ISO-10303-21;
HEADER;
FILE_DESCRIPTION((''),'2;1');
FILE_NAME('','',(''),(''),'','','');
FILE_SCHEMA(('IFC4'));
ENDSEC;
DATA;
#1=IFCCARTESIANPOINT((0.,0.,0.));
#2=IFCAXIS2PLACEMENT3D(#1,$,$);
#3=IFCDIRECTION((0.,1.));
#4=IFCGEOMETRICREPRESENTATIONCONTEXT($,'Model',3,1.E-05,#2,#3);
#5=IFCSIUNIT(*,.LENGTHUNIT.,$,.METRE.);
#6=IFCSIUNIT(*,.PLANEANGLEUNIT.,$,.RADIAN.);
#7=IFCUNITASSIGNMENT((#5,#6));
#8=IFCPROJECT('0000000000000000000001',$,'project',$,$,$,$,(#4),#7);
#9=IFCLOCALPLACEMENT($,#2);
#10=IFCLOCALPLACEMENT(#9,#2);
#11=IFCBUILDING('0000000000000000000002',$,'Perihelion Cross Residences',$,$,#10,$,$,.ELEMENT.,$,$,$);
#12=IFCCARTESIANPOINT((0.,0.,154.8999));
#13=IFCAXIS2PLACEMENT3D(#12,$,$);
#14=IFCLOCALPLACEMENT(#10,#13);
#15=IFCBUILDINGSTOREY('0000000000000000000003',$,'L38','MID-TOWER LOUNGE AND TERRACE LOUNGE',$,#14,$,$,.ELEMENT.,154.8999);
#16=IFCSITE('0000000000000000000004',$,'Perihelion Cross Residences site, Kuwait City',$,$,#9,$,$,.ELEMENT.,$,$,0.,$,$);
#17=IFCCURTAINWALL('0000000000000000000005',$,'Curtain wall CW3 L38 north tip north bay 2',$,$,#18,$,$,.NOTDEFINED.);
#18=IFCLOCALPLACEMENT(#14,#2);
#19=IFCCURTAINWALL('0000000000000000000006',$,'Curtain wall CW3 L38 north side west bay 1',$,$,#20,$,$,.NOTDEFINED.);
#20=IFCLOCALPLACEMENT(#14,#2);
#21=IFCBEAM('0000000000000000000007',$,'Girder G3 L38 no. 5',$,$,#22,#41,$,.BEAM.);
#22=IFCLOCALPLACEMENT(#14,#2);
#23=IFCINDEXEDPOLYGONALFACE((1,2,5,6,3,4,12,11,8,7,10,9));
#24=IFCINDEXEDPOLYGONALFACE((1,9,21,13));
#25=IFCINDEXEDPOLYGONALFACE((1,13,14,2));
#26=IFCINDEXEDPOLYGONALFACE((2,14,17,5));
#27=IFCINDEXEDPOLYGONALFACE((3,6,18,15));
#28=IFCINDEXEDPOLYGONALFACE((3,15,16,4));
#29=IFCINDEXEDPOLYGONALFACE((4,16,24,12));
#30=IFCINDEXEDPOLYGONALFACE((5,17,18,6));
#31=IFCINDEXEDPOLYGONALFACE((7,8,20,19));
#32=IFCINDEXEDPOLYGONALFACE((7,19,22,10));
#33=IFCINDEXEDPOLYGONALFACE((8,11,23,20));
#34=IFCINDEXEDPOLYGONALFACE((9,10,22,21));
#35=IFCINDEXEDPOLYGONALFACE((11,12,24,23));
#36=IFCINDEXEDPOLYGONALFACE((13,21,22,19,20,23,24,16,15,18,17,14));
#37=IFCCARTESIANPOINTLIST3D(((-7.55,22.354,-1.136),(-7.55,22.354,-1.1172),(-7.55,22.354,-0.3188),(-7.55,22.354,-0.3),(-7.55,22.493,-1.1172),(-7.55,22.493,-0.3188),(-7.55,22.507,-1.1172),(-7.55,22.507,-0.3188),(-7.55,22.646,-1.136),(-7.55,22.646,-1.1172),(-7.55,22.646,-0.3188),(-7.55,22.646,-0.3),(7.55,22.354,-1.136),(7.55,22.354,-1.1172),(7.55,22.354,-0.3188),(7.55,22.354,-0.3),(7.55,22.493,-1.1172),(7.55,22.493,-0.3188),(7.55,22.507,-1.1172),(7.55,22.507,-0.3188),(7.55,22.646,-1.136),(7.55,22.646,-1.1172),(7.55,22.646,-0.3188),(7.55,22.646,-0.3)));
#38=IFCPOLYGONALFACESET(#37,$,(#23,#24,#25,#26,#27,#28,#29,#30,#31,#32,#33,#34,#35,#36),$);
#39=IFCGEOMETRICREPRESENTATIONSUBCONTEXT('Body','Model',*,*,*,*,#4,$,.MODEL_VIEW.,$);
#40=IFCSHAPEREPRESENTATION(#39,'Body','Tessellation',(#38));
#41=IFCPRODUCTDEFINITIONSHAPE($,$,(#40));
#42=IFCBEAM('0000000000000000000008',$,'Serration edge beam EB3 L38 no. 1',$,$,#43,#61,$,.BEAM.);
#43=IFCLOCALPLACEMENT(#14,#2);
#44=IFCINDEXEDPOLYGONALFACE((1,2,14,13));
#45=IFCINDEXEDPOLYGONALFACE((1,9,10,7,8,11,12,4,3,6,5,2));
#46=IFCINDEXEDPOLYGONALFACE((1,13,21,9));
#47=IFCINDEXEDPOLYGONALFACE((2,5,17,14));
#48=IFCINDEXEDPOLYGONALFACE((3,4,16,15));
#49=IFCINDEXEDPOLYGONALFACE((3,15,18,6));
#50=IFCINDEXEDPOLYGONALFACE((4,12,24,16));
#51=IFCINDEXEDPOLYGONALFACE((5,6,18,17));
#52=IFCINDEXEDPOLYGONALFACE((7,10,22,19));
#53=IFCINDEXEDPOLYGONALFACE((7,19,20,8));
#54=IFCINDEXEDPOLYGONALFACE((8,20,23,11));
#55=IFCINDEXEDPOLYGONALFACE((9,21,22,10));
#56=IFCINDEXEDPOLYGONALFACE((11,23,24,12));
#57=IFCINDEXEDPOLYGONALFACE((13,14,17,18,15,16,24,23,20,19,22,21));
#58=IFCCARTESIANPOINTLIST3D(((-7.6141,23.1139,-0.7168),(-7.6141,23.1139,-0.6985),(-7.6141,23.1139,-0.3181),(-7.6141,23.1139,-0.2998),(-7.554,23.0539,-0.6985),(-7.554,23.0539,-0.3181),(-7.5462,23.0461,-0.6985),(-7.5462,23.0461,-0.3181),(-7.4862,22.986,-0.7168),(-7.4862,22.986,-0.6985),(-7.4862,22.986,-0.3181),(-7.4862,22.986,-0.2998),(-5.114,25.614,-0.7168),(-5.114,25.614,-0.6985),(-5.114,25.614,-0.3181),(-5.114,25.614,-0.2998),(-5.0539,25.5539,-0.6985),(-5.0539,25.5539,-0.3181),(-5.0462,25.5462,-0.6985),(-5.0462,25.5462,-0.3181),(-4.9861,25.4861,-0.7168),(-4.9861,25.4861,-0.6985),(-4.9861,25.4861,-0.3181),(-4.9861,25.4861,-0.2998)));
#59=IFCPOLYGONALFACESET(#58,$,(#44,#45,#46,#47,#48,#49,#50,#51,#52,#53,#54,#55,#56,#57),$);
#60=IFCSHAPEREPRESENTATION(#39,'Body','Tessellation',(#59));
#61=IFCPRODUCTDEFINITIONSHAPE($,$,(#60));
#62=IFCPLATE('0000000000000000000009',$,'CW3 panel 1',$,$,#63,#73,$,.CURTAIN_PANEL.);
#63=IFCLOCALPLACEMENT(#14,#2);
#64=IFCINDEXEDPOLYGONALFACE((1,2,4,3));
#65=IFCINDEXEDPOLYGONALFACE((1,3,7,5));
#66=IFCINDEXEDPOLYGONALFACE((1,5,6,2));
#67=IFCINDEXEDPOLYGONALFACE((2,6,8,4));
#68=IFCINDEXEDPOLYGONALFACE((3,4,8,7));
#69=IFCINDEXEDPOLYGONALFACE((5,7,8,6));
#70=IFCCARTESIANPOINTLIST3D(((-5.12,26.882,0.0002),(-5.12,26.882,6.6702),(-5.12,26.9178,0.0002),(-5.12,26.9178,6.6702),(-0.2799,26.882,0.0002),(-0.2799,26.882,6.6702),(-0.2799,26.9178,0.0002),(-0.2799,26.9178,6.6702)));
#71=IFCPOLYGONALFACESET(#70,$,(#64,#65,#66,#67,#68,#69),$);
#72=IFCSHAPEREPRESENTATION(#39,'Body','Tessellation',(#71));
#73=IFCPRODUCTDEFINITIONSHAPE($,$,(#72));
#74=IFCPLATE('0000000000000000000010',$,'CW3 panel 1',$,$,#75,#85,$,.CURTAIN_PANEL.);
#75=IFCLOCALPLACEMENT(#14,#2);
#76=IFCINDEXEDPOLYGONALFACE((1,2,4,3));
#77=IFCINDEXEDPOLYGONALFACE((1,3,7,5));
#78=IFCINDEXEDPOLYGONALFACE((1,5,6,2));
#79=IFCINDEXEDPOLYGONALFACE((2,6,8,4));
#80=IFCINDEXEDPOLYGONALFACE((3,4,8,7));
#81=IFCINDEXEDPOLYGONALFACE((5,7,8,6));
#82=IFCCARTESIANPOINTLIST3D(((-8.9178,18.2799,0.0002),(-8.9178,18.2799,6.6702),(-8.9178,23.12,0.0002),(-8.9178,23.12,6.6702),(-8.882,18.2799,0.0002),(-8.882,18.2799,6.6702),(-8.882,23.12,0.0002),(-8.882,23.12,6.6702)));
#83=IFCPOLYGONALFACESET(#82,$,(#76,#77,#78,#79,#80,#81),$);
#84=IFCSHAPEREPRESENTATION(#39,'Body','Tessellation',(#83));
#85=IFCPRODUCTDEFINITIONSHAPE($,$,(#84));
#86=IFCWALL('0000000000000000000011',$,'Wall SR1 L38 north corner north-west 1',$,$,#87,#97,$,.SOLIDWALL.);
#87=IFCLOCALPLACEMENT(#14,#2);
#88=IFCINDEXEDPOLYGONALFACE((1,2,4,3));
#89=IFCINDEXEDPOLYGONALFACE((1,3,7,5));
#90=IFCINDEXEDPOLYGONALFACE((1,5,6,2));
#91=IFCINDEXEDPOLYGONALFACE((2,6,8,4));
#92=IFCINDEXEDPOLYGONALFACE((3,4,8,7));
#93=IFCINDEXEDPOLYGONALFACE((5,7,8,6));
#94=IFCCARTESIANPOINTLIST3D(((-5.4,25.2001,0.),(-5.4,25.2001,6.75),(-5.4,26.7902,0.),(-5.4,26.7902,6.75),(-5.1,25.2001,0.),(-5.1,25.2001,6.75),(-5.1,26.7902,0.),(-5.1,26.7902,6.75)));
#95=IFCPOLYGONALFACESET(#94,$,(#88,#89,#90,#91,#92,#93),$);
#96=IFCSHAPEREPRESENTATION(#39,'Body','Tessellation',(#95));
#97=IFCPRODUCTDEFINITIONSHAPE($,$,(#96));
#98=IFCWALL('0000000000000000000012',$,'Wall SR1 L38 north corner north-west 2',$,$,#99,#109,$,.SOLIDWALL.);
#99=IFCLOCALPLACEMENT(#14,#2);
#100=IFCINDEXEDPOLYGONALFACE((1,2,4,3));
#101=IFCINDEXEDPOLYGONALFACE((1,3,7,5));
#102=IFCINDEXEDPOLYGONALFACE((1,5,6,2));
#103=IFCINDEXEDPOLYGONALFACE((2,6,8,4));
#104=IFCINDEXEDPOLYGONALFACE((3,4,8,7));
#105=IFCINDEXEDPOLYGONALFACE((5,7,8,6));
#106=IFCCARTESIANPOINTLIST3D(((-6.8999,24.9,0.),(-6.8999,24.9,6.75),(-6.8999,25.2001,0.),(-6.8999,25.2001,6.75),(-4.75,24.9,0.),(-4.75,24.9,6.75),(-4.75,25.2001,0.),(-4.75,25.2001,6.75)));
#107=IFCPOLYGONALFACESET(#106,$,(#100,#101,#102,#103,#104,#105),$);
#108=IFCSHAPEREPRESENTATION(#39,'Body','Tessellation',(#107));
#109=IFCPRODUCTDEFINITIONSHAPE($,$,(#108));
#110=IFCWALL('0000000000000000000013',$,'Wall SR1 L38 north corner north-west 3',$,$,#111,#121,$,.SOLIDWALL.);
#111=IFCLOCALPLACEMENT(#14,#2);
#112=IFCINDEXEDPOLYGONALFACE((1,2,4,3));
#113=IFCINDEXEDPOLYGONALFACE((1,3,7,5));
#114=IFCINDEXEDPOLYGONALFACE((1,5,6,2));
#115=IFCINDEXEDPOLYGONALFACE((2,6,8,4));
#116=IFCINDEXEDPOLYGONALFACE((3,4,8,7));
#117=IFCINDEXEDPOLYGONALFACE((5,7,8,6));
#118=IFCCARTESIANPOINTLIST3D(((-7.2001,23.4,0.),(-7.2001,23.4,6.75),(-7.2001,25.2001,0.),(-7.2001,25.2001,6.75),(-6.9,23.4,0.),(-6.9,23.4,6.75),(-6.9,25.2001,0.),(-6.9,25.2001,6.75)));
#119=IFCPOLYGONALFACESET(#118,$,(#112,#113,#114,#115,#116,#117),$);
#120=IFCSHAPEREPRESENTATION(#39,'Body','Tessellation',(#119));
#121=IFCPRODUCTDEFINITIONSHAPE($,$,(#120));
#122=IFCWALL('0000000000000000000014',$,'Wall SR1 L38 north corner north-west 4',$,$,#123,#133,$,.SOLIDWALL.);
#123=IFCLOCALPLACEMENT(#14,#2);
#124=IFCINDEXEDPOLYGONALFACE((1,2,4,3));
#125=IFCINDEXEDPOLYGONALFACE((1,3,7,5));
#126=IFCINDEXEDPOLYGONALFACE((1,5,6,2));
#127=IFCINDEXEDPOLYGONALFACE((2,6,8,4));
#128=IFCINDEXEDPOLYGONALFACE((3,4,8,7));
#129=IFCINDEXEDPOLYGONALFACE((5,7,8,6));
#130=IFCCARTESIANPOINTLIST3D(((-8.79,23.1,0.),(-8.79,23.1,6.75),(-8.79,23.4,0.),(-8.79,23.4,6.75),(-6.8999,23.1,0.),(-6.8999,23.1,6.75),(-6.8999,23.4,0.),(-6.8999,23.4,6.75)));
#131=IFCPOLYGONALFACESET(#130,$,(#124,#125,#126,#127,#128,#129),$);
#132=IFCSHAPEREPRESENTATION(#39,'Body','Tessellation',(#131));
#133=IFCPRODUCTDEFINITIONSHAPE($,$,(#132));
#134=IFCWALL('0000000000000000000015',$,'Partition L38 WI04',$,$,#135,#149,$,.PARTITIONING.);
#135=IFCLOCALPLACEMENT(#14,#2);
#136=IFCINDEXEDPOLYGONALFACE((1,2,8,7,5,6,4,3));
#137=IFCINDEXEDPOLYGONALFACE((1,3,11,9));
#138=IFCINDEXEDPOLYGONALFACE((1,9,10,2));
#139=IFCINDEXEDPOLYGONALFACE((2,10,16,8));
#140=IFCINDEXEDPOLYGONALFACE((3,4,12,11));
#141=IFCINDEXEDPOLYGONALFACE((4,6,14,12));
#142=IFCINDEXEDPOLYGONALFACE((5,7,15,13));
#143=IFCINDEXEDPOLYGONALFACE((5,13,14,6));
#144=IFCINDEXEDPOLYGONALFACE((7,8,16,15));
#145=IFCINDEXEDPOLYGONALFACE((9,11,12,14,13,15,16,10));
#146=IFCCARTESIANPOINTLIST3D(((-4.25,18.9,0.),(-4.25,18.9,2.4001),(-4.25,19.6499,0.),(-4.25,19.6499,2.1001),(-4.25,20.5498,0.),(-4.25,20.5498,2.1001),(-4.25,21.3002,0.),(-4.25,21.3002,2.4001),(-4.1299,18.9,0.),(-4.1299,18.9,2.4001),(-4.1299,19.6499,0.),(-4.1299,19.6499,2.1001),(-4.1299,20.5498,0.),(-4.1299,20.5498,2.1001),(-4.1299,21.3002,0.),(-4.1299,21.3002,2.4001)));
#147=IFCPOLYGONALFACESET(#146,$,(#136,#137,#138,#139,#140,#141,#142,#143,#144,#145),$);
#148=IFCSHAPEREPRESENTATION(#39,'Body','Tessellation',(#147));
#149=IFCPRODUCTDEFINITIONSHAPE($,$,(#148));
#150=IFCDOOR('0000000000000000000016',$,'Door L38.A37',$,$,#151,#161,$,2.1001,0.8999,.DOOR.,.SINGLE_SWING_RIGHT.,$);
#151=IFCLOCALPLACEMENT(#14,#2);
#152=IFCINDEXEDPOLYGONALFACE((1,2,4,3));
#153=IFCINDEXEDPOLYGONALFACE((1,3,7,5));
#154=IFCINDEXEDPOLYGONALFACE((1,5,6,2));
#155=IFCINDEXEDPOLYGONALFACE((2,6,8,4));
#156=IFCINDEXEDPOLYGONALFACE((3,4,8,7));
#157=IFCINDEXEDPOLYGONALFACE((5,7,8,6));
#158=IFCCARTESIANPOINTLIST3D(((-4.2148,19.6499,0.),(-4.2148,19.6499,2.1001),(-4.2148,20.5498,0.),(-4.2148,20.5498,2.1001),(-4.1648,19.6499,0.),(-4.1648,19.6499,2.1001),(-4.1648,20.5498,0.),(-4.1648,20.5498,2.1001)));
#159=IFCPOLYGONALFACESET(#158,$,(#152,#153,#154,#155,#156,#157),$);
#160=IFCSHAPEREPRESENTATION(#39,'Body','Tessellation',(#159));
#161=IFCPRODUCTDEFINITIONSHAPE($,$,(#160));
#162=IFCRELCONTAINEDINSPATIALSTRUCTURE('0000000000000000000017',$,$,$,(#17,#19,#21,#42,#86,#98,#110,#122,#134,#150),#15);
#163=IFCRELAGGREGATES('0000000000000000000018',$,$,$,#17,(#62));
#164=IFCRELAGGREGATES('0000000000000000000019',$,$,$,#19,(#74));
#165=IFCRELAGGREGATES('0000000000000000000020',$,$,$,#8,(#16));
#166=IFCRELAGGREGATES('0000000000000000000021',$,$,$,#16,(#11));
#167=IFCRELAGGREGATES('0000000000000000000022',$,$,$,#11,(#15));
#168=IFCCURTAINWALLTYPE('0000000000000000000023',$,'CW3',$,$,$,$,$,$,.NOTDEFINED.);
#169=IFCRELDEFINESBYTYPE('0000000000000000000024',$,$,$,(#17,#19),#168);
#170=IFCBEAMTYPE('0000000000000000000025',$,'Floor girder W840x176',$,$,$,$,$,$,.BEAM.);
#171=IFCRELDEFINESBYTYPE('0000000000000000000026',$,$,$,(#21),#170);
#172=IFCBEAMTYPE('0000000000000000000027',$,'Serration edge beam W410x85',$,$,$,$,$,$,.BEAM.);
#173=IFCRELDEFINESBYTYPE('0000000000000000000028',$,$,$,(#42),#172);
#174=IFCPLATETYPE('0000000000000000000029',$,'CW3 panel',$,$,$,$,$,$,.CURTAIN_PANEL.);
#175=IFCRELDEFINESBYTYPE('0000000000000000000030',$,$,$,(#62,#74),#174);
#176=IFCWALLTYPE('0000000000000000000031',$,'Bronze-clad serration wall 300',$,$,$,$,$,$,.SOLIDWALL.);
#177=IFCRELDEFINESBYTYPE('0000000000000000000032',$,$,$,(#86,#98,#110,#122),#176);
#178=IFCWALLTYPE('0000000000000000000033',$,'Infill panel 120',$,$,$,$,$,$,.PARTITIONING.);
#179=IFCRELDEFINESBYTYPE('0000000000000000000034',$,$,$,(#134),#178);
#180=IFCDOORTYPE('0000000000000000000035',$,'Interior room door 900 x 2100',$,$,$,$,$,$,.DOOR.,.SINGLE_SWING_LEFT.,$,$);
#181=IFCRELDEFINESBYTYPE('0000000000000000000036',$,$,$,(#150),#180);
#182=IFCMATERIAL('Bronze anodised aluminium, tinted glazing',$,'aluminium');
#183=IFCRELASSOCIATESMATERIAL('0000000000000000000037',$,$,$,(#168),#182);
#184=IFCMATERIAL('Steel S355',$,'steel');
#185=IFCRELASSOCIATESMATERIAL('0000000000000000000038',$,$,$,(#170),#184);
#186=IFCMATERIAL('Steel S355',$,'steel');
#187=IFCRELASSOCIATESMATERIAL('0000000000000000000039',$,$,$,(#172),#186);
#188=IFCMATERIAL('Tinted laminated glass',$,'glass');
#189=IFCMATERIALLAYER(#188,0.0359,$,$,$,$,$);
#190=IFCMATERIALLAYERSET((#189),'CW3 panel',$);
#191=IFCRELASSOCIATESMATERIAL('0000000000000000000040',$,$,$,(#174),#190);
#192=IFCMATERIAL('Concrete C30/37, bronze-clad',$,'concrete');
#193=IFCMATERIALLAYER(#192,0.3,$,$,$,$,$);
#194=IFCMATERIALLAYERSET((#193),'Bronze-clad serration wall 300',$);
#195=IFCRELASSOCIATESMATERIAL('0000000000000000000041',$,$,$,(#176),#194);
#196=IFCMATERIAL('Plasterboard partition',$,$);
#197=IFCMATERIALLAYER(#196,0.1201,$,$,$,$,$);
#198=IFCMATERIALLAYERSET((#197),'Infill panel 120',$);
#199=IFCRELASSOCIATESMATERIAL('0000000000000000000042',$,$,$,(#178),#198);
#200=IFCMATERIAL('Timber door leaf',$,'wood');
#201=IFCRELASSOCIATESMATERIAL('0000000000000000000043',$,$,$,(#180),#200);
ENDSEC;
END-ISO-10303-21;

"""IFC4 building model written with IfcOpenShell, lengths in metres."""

from ifc_helpers import new_model, si_unit, direction, frame, frame_2d, origin, origin_2d, place, context, subcontext, project, spatial, rectangle, i_section, extrude, material, layer, layer_set, material_profile, profile_set, type_object, element, fill, aggregate, save


model = new_model("IFC4")

# Units and contexts
model_context = context("Model", 3, precision=1e-05, world=origin(), true_north=direction((0.0, 1.0)))
body_context = subcontext(model_context, "Body", "Model", "MODEL_VIEW")
ifc_project = project(units=[si_unit("LENGTHUNIT", "METRE"), si_unit("PLANEANGLEUNIT", "RADIAN")], contexts=[model_context])

# Site, building, storey
site_placement = place(None, origin())
site = spatial("IfcSite", under=ifc_project, at=site_placement, Name="Perihelion Cross Residences site, Kuwait City", CompositionType="ELEMENT", RefElevation=0.0)
building_placement = place(site_placement, origin())
building = spatial("IfcBuilding", under=site, at=building_placement, Name="Perihelion Cross Residences", CompositionType="ELEMENT")
storey_placement = place(building_placement, frame((0.0, 0.0, 154.8999)))
storey = spatial("IfcBuildingStorey", under=building, at=storey_placement, Name="L38", Description="MID-TOWER LOUNGE AND TERRACE LOUNGE", CompositionType="ELEMENT", Elevation=154.8999)

# Curtain walls
ifc_material_1 = material(Name="Bronze anodised aluminium, tinted glazing", Category="aluminium")
curtain_wall_type = type_object("IfcCurtainWallType", Name="CW3", PredefinedType="NOTDEFINED", material=ifc_material_1)
curtain_wall_1_placement = place(storey_placement, origin())
curtain_wall_1 = element("IfcCurtainWall", 1, at=curtain_wall_1_placement, inside=storey, type_object=curtain_wall_type, Name="Curtain wall CW3 L38 north tip north bay 2", PredefinedType="NOTDEFINED")
curtain_wall_2_placement = place(storey_placement, origin())
curtain_wall_2 = element("IfcCurtainWall", 2, at=curtain_wall_2_placement, inside=storey, type_object=curtain_wall_type, Name="Curtain wall CW3 L38 north side west bay 1", PredefinedType="NOTDEFINED")

# Beams
ifc_material_2 = material(Name="Steel S355", Category="steel")
ifc_material_profile_1 = material_profile(ifc_material_2, i_section(OverallWidth=0.292, OverallDepth=0.8359, WebThickness=0.0139, FlangeThickness=0.0188, at=origin_2d()), Name="W840x176")
ifc_profile_set_1 = profile_set([ifc_material_profile_1], Name="Steel S355")
beam_type_1 = type_object("IfcBeamType", Name="Floor girder W840x176", PredefinedType="BEAM", material=ifc_profile_set_1)
for number, where, z_axis, x_axis, name in (
    (3, (-7.55, 22.5, -0.718), (1.0, 0.0, 0.0), (0.0, 1.0, 0.0), "Girder G3 L38 no. 5"),
):
    element("IfcBeam", number, at=place(storey_placement, frame(where, z_axis=z_axis, x_axis=x_axis)), inside=storey, type_object=beam_type_1, Name=name, PredefinedType="BEAM", context=body_context, shape_type="SweptSolid", body=[
        extrude(i_section(OverallWidth=0.292, OverallDepth=0.8359, WebThickness=0.0139, FlangeThickness=0.0188, at=origin_2d()), origin(), (0.0, 0.0, 1.0), 15.1001),
    ])
ifc_material_3 = material(Name="Steel S355", Category="steel")
ifc_material_profile_2 = material_profile(ifc_material_3, i_section(OverallWidth=0.1809, OverallDepth=0.417, WebThickness=0.011, FlangeThickness=0.0183, at=origin_2d()), Name="W410x85")
ifc_profile_set_2 = profile_set([ifc_material_profile_2], Name="Steel S355")
beam_type_2 = type_object("IfcBeamType", Name="Serration edge beam W410x85", PredefinedType="BEAM", material=ifc_profile_set_2)
beam_placement = place(storey_placement, frame((-5.05, 25.55, -0.5083), z_axis=(-0.707107, -0.707107, 0.0), x_axis=(0.707107, -0.707107, 0.0)))
element("IfcBeam", 4, at=beam_placement, inside=storey, type_object=beam_type_2, Name="Serration edge beam EB3 L38 no. 1", PredefinedType="BEAM", context=body_context, shape_type="SweptSolid", body=[
    extrude(i_section(OverallWidth=0.1809, OverallDepth=0.417, WebThickness=0.011, FlangeThickness=0.0183, at=origin_2d()), origin(), (0.0, 0.0, 1.0), 3.5356),
])

# Plates
ifc_material_4 = material(Name="Tinted laminated glass", Category="glass")
ifc_layer_1 = layer(ifc_material_4, 0.0359)
ifc_layer_set_1 = layer_set([ifc_layer_1], Name="CW3 panel")
plate_type = type_object("IfcPlateType", Name="CW3 panel", PredefinedType="CURTAIN_PANEL", material=ifc_layer_set_1)
plate_1_placement = place(storey_placement, frame((-2.7, 26.8999, 0.0002), z_axis=(0.0, 0.0, 1.0), x_axis=(-1.0, 0.0, 0.0)))
plate_1 = element("IfcPlate", 5, at=plate_1_placement, type_object=plate_type, Name="CW3 panel 1", PredefinedType="CURTAIN_PANEL", context=body_context, shape_type="SweptSolid", body=[
    extrude(rectangle(XDim=4.8401, YDim=0.0359, at=origin_2d()), origin(), (0.0, 0.0, 1.0), 6.6699),
])
aggregate(curtain_wall_1, [plate_1])
plate_2_placement = place(storey_placement, frame((-8.8999, 20.7, 0.0002), z_axis=(0.0, 0.0, 1.0), x_axis=(0.0, -1.0, 0.0)))
plate_2 = element("IfcPlate", 6, at=plate_2_placement, type_object=plate_type, Name="CW3 panel 1", PredefinedType="CURTAIN_PANEL", context=body_context, shape_type="SweptSolid", body=[
    extrude(rectangle(XDim=4.8401, YDim=0.0359, at=origin_2d()), origin(), (0.0, 0.0, 1.0), 6.6699),
])
aggregate(curtain_wall_2, [plate_2])

# Walls
ifc_material_5 = material(Name="Concrete C30/37, bronze-clad", Category="concrete")
ifc_layer_2 = layer(ifc_material_5, 0.3)
ifc_layer_set_2 = layer_set([ifc_layer_2], Name="Bronze-clad serration wall 300")
wall_type_1 = type_object("IfcWallType", Name="Bronze-clad serration wall 300", PredefinedType="SOLIDWALL", material=ifc_layer_set_2)
wall_1_placement = place(storey_placement, frame((-5.25, 26.79, 0.0), z_axis=(0.0, 0.0, 1.0), x_axis=(0.0, -1.0, 0.0)))
element("IfcWall", 7, at=wall_1_placement, inside=storey, type_object=wall_type_1, Name="Wall SR1 L38 north corner north-west 1", PredefinedType="SOLIDWALL", context=body_context, shape_type="SweptSolid", body=[
    extrude(rectangle(XDim=1.5901, YDim=0.3, at=frame_2d((0.7949, 0.0))), origin(), (0.0, 0.0, 1.0), 6.75),
])
wall_2_placement = place(storey_placement, frame((-4.75, 25.05, 0.0), z_axis=(0.0, 0.0, 1.0), x_axis=(-1.0, 0.0, 0.0)))
element("IfcWall", 8, at=wall_2_placement, inside=storey, type_object=wall_type_1, Name="Wall SR1 L38 north corner north-west 2", PredefinedType="SOLIDWALL", context=body_context, shape_type="SweptSolid", body=[
    extrude(rectangle(XDim=2.1499, YDim=0.3, at=frame_2d((1.075, 0.0))), origin(), (0.0, 0.0, 1.0), 6.75),
])
wall_3_placement = place(storey_placement, frame((-7.05, 25.2, 0.0), z_axis=(0.0, 0.0, 1.0), x_axis=(0.0, -1.0, 0.0)))
element("IfcWall", 9, at=wall_3_placement, inside=storey, type_object=wall_type_1, Name="Wall SR1 L38 north corner north-west 3", PredefinedType="SOLIDWALL", context=body_context, shape_type="SweptSolid", body=[
    extrude(rectangle(XDim=1.8, YDim=0.3, at=frame_2d((0.8999, 0.0))), origin(), (0.0, 0.0, 1.0), 6.75),
])
wall_4_placement = place(storey_placement, frame((-6.8999, 23.25, 0.0), z_axis=(0.0, 0.0, 1.0), x_axis=(-1.0, 0.0, 0.0)))
element("IfcWall", 10, at=wall_4_placement, inside=storey, type_object=wall_type_1, Name="Wall SR1 L38 north corner north-west 4", PredefinedType="SOLIDWALL", context=body_context, shape_type="SweptSolid", body=[
    extrude(rectangle(XDim=1.8901, YDim=0.3, at=frame_2d((0.9451, 0.0))), origin(), (0.0, 0.0, 1.0), 6.75),
])

# Wall, opening, door
ifc_material_6 = material(Name="Plasterboard partition")
ifc_layer_3 = layer(ifc_material_6, 0.1201)
ifc_layer_set_3 = layer_set([ifc_layer_3], Name="Infill panel 120")
wall_type_2 = type_object("IfcWallType", Name="Infill panel 120", PredefinedType="PARTITIONING", material=ifc_layer_set_3)
wall_5_placement = place(storey_placement, frame((-4.1899, 18.8999, 0.0), z_axis=(0.0, 0.0, 1.0), x_axis=(0.0, 1.0, 0.0)))
wall_5 = element("IfcWall", 11, at=wall_5_placement, inside=storey, type_object=wall_type_2, Name="Partition L38 WI04", PredefinedType="PARTITIONING", context=body_context, shape_type="SweptSolid", body=[
    extrude(rectangle(XDim=2.4001, YDim=0.1201, at=frame_2d((1.2002, 0.0))), origin(), (0.0, 0.0, 1.0), 2.4001),
])
opening_1_placement = place(wall_5_placement, frame((0.75, 0.0, 0.0)))
opening_1 = element("IfcOpeningElement", 12, at=opening_1_placement, cuts=wall_5, PredefinedType="OPENING", context=body_context, shape_type="SweptSolid", body=[
    extrude(rectangle(XDim=0.8999, YDim=2.1001, at=frame_2d((0.45, 1.05))), frame((0.0, 0.0701, 0.0), z_axis=(0.0, -1.0, 0.0), x_axis=(1.0, 0.0, 0.0)), (0.0, 0.0, 1.0), 0.1401),
])
ifc_material_7 = material(Name="Timber door leaf", Category="wood")
door_type = type_object("IfcDoorType", Name="Interior room door 900 x 2100", OperationType="SINGLE_SWING_LEFT", PredefinedType="DOOR", material=ifc_material_7)
door_1_placement = place(opening_1_placement, origin())
door_1 = element("IfcDoor", 13, at=door_1_placement, inside=storey, type_object=door_type, Name="Door L38.A37", OperationType="SINGLE_SWING_RIGHT", OverallHeight=2.1001, OverallWidth=0.8999, PredefinedType="DOOR", context=body_context, shape_type="SweptSolid", body=[
    extrude(rectangle(XDim=0.8999, YDim=2.1001, at=frame_2d((0.45, 1.05))), frame((0.0, 0.0249, 0.0), z_axis=(0.0, -1.0, 0.0), x_axis=(1.0, 0.0, 0.0)), (0.0, 0.0, 1.0), 0.05),
])
fill(opening_1, door_1)

save(model, "model.ifc")
